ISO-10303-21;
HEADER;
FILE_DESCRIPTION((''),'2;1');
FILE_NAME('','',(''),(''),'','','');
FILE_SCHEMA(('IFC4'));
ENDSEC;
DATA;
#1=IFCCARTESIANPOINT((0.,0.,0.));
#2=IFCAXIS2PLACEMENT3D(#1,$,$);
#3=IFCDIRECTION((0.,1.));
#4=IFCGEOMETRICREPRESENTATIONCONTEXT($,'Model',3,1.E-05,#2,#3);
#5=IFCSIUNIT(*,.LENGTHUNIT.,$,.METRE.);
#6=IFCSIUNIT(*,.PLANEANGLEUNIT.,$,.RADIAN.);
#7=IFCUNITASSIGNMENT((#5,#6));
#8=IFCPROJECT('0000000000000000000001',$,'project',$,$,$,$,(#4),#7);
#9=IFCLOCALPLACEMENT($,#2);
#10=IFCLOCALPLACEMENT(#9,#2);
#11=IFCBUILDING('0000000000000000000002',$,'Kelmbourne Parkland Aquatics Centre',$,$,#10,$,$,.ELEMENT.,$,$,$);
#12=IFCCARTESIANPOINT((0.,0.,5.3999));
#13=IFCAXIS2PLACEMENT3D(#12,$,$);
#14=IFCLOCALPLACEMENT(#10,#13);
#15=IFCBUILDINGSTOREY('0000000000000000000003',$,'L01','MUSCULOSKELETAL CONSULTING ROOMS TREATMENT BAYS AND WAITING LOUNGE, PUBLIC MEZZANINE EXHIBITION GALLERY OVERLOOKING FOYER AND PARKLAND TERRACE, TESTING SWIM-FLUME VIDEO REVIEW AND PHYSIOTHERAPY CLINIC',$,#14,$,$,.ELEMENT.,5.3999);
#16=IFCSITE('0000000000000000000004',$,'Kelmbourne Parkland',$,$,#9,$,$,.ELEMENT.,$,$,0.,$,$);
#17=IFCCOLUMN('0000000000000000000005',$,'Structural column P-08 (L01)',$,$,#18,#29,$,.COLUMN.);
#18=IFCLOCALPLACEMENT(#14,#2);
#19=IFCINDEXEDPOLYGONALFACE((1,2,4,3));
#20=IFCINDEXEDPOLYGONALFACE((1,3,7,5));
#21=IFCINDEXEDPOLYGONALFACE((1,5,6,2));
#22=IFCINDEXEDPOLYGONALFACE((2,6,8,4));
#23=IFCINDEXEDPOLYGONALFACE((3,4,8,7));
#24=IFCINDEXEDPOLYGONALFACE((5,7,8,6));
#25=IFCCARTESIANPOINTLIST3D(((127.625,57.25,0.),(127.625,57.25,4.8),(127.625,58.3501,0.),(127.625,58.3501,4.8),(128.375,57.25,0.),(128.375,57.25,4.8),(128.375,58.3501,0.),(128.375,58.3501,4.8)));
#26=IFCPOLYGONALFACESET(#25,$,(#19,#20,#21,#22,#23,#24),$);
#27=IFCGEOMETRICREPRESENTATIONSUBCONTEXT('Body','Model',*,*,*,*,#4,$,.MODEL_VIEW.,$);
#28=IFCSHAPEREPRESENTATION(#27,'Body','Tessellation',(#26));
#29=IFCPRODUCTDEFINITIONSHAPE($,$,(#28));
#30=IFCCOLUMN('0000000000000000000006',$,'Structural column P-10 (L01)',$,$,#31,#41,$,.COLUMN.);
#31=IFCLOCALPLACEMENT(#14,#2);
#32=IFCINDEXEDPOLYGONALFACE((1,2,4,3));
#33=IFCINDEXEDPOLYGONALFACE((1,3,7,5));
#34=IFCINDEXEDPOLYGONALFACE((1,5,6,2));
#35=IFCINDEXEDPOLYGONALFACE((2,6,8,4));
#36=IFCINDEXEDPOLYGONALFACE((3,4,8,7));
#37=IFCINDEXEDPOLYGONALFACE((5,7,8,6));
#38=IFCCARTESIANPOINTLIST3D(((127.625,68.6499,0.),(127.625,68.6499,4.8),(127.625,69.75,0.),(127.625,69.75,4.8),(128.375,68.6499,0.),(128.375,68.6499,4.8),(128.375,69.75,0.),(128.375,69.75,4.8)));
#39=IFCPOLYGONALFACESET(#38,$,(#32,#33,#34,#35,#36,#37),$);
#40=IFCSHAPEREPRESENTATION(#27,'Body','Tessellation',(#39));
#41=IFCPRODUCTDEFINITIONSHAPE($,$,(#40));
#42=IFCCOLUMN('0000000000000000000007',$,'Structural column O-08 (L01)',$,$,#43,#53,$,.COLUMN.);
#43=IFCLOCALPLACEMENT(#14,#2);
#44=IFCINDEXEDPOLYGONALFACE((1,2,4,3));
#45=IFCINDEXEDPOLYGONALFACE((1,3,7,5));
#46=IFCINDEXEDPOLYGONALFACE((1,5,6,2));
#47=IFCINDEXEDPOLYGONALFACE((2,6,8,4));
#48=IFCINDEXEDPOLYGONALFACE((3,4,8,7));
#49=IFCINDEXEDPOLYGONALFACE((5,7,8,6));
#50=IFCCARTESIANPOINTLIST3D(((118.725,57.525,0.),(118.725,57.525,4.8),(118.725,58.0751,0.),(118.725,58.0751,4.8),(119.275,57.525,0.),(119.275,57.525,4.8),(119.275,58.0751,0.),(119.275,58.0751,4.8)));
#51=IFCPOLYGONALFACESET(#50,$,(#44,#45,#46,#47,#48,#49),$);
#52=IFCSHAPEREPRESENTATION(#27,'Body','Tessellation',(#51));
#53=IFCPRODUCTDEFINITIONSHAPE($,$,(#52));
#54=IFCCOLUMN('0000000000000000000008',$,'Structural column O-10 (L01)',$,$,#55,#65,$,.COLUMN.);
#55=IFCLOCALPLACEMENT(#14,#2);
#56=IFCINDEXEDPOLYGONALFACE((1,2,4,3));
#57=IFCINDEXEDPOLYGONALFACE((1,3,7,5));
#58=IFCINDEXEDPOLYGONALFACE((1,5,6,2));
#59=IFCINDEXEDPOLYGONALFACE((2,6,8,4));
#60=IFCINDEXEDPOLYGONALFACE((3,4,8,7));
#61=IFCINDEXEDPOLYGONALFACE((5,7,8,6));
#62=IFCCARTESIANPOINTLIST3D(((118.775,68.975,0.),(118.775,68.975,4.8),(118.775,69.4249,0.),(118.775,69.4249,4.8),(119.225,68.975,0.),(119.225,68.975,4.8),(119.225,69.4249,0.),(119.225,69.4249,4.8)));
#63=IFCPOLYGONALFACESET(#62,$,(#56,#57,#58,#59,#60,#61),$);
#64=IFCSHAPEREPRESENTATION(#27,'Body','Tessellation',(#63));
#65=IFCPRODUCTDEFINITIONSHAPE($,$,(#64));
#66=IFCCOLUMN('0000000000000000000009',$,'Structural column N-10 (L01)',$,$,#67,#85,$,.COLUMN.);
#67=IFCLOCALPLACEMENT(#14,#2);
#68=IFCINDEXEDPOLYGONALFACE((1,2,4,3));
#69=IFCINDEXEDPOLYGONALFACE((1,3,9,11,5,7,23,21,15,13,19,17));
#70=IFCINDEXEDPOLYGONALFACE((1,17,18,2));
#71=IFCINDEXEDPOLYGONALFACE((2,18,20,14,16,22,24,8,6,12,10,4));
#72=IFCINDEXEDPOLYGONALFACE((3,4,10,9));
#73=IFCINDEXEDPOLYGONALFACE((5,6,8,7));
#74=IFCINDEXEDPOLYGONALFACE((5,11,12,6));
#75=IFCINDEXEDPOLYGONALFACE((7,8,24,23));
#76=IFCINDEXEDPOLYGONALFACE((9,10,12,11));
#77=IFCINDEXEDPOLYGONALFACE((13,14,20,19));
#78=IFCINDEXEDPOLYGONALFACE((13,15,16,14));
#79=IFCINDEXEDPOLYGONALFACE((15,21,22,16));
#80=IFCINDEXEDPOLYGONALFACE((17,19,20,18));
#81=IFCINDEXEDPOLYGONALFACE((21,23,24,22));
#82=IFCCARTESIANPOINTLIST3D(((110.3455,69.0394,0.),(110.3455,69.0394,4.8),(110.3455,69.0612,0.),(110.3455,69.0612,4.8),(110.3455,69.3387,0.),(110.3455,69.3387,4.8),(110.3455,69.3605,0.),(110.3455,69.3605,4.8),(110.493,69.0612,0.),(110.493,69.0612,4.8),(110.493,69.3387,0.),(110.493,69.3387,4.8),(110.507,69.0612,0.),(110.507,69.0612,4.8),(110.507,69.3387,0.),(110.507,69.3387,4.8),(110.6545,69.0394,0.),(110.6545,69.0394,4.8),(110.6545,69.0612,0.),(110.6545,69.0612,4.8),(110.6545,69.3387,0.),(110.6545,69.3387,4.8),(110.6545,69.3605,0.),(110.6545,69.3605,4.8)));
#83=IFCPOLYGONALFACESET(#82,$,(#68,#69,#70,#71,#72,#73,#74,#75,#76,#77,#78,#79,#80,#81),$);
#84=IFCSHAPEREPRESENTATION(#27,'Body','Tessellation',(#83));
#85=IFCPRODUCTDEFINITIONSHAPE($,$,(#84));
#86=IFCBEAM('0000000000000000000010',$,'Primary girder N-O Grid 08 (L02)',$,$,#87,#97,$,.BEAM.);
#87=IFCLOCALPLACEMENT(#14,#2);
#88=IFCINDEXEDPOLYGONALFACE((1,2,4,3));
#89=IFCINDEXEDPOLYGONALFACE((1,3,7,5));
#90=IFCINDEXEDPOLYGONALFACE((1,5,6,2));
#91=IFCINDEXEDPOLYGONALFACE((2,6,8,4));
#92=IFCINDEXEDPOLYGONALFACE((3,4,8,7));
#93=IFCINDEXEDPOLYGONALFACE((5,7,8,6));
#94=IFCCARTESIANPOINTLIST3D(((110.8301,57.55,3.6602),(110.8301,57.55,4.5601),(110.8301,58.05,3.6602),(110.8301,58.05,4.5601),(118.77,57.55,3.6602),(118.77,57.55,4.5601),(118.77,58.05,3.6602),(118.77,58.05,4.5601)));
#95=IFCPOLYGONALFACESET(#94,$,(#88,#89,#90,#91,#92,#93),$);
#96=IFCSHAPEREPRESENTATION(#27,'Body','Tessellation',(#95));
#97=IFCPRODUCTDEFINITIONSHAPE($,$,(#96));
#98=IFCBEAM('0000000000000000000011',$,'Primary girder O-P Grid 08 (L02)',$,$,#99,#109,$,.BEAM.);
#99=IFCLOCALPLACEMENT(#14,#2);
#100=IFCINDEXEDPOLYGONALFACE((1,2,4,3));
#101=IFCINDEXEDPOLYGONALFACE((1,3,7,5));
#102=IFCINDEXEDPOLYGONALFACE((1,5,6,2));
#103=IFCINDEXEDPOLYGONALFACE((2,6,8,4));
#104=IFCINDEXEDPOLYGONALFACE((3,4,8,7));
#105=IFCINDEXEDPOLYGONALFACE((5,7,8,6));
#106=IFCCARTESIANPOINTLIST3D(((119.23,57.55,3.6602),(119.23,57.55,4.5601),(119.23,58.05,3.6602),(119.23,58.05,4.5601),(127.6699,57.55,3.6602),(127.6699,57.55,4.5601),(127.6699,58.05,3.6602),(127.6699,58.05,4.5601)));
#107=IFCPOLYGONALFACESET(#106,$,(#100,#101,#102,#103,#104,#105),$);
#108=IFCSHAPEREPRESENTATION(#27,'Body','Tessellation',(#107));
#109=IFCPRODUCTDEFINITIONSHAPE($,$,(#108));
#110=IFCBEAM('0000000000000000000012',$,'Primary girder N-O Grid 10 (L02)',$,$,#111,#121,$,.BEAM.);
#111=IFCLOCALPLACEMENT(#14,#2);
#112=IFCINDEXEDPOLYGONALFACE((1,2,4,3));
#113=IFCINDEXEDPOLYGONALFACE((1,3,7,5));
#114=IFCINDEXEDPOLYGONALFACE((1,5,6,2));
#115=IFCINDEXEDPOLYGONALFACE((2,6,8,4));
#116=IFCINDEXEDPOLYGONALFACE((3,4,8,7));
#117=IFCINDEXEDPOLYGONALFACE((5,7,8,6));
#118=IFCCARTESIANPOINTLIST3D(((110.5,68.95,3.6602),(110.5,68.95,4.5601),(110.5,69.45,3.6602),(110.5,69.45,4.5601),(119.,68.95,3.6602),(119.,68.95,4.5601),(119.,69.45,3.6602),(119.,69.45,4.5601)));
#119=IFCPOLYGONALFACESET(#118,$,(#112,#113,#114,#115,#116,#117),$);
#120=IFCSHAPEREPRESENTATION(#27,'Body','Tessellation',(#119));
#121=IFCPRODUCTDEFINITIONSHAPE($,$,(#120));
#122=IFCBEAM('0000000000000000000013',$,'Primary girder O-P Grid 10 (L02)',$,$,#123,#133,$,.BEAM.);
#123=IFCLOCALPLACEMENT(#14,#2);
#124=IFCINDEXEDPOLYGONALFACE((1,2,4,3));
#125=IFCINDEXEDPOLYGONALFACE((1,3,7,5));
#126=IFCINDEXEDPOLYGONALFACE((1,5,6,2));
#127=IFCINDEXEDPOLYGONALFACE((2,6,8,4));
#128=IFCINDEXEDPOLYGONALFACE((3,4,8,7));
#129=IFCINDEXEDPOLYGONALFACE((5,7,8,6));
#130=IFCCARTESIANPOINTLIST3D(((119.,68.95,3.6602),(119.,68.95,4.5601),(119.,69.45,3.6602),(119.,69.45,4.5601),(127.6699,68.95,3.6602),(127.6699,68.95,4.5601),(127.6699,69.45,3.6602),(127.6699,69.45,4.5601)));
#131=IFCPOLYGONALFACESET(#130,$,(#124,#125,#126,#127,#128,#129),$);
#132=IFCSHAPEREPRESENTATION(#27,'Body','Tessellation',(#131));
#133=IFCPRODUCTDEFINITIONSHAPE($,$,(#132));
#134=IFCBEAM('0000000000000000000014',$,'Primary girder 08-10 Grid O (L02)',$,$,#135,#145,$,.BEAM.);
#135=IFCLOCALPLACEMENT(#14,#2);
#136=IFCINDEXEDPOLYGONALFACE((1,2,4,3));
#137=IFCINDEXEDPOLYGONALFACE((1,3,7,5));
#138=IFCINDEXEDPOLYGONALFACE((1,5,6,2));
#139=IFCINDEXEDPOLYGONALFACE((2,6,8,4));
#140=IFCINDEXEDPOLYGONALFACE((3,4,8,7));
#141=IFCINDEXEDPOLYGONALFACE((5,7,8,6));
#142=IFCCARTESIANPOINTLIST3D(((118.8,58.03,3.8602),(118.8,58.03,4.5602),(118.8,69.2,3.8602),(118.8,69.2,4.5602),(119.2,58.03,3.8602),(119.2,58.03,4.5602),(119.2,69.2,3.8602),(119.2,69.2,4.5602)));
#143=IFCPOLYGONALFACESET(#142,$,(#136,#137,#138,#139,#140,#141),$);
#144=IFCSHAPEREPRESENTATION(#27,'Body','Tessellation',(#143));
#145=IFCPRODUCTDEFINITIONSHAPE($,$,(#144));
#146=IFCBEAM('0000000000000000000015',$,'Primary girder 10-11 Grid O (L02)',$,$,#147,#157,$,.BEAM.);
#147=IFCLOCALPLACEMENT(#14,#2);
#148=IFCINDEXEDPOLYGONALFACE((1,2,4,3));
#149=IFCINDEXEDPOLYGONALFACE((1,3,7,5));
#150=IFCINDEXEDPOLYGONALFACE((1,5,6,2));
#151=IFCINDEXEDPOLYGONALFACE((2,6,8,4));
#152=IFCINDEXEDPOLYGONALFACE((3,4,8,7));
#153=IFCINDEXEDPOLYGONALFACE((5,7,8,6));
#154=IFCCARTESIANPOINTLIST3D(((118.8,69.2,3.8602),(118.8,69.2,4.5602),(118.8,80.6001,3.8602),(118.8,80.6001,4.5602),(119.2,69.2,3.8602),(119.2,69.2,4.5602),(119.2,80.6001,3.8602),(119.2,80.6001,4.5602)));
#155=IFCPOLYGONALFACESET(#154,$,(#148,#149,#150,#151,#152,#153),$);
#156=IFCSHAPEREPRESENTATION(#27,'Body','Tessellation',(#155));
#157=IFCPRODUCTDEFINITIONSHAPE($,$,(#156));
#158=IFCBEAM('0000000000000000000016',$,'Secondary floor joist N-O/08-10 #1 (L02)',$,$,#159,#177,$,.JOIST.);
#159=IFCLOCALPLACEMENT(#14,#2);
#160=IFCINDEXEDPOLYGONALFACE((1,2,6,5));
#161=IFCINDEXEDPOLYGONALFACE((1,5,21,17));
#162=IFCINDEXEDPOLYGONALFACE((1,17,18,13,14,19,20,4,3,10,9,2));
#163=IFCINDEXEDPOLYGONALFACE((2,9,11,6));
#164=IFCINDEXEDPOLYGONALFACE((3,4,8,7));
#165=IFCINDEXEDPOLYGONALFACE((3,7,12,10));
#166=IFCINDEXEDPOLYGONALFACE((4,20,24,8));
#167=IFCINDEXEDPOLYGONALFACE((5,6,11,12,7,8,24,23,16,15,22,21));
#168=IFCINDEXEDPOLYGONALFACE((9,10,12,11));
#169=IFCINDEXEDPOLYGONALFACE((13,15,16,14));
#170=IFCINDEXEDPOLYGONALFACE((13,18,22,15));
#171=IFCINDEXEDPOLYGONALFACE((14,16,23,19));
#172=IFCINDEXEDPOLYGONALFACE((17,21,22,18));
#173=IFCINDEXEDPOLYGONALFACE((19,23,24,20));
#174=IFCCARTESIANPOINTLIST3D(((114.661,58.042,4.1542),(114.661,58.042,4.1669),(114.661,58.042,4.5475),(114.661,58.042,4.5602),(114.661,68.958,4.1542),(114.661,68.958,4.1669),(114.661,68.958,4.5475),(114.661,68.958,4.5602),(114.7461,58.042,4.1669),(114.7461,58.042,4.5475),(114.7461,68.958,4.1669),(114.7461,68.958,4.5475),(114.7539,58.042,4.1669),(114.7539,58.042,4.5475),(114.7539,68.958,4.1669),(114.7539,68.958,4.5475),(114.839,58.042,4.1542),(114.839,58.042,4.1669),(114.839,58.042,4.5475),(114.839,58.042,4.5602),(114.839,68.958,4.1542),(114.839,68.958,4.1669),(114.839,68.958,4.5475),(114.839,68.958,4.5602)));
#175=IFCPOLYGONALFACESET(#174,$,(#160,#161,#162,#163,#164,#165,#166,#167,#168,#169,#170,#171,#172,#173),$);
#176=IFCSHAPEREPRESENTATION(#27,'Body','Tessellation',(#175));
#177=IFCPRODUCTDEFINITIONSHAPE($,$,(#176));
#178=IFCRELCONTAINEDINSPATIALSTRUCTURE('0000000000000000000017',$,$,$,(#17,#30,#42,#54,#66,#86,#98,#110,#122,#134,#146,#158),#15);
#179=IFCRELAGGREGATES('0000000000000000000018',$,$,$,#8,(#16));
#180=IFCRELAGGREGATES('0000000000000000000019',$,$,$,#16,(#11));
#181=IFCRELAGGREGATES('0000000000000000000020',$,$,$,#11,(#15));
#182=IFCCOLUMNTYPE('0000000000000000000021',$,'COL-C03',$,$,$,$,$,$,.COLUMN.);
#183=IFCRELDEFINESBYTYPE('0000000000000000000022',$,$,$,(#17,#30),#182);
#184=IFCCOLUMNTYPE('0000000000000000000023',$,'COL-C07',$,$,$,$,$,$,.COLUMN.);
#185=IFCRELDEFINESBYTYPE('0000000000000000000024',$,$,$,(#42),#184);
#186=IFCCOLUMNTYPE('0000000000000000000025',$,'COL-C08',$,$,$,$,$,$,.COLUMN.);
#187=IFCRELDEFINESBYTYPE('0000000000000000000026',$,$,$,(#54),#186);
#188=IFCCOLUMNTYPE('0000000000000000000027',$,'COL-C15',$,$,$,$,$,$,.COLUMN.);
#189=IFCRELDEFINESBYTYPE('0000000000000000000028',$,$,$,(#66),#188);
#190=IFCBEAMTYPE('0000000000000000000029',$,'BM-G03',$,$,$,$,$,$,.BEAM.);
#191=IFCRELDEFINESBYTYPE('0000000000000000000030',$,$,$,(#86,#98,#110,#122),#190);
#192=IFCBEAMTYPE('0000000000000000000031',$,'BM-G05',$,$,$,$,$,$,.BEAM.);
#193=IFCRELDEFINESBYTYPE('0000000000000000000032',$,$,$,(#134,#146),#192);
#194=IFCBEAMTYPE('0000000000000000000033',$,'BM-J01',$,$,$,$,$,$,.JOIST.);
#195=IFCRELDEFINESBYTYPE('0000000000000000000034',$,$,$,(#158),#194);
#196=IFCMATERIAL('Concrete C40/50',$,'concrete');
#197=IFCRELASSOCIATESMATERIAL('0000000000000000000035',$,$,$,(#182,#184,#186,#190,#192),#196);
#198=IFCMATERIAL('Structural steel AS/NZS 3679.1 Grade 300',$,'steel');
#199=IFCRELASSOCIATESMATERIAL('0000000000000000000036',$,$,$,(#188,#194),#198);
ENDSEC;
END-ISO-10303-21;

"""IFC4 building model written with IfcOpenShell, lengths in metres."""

from ifc_helpers import new_model, si_unit, direction, frame, origin, origin_2d, place, context, subcontext, project, spatial, rectangle, i_section, extrude, material, material_profile, profile_set, type_object, element, save


model = new_model("IFC4")

# Units and contexts
model_context = context("Model", 3, precision=1e-05, world=origin(), true_north=direction((0.0, 1.0)))
body_context = subcontext(model_context, "Body", "Model", "MODEL_VIEW")
ifc_project = project(units=[si_unit("LENGTHUNIT", "METRE"), si_unit("PLANEANGLEUNIT", "RADIAN")], contexts=[model_context])

# Site, building, storey
site_placement = place(None, origin())
site = spatial("IfcSite", under=ifc_project, at=site_placement, Name="Kelmbourne Parkland", CompositionType="ELEMENT", RefElevation=0.0)
building_placement = place(site_placement, origin())
building = spatial("IfcBuilding", under=site, at=building_placement, Name="Kelmbourne Parkland Aquatics Centre", CompositionType="ELEMENT")
storey_placement = place(building_placement, frame((0.0, 0.0, 5.3999)))
storey = spatial("IfcBuildingStorey", under=building, at=storey_placement, Name="L01", Description="MUSCULOSKELETAL CONSULTING ROOMS TREATMENT BAYS AND WAITING LOUNGE, PUBLIC MEZZANINE EXHIBITION GALLERY OVERLOOKING FOYER AND PARKLAND TERRACE, TESTING SWIM-FLUME VIDEO REVIEW AND PHYSIOTHERAPY CLINIC", CompositionType="ELEMENT", Elevation=5.3999)

# Columns
ifc_material_1 = material(Name="Concrete C40/50", Category="concrete")
ifc_material_profile_1 = material_profile(ifc_material_1, rectangle(XDim=0.75, YDim=1.1001, at=origin_2d()), Name="RC 750x1100")
ifc_profile_set_1 = profile_set([ifc_material_profile_1], Name="Concrete C40/50")
column_type_1 = type_object("IfcColumnType", Name="COL-C03", PredefinedType="COLUMN", material=ifc_profile_set_1)
for number, where, z_axis, x_axis, name in (
    (1, (128.0, 57.8, 0.0), (0.0, 0.0, 1.0), (1.0, 0.0, 0.0), "Structural column P-08 (L01)"),
    (2, (128.0, 69.2, 0.0), (0.0, 0.0, 1.0), (1.0, 0.0, 0.0), "Structural column P-10 (L01)"),
):
    element("IfcColumn", number, at=place(storey_placement, frame(where, z_axis=z_axis, x_axis=x_axis)), inside=storey, type_object=column_type_1, Name=name, PredefinedType="COLUMN", context=body_context, shape_type="SweptSolid", body=[
        extrude(rectangle(XDim=0.75, YDim=1.1001, at=origin_2d()), origin(), (0.0, 0.0, 1.0), 4.8),
    ])
ifc_material_profile_2 = material_profile(ifc_material_1, rectangle(XDim=0.55, YDim=0.55, at=origin_2d()), Name="RC 550x550")
ifc_profile_set_2 = profile_set([ifc_material_profile_2], Name="Concrete C40/50")
column_type_2 = type_object("IfcColumnType", Name="COL-C07", PredefinedType="COLUMN", material=ifc_profile_set_2)
column_1_placement = place(storey_placement, frame((119.0, 57.8, 0.0), z_axis=(0.0, 0.0, 1.0), x_axis=(1.0, 0.0, 0.0)))
element("IfcColumn", 3, at=column_1_placement, inside=storey, type_object=column_type_2, Name="Structural column O-08 (L01)", PredefinedType="COLUMN", context=body_context, shape_type="SweptSolid", body=[
    extrude(rectangle(XDim=0.55, YDim=0.55, at=origin_2d()), origin(), (0.0, 0.0, 1.0), 4.8),
])
ifc_material_profile_3 = material_profile(ifc_material_1, rectangle(XDim=0.45, YDim=0.45, at=origin_2d()), Name="RC 450x450")
ifc_profile_set_3 = profile_set([ifc_material_profile_3], Name="Concrete C40/50")
column_type_3 = type_object("IfcColumnType", Name="COL-C08", PredefinedType="COLUMN", material=ifc_profile_set_3)
column_2_placement = place(storey_placement, frame((119.0, 69.2, 0.0), z_axis=(0.0, 0.0, 1.0), x_axis=(1.0, 0.0, 0.0)))
element("IfcColumn", 4, at=column_2_placement, inside=storey, type_object=column_type_3, Name="Structural column O-10 (L01)", PredefinedType="COLUMN", context=body_context, shape_type="SweptSolid", body=[
    extrude(rectangle(XDim=0.45, YDim=0.45, at=origin_2d()), origin(), (0.0, 0.0, 1.0), 4.8),
])
ifc_material_2 = material(Name="Structural steel AS/NZS 3679.1 Grade 300", Category="steel")
ifc_material_profile_4 = material_profile(ifc_material_2, i_section(OverallWidth=0.3091, OverallDepth=0.321, WebThickness=0.0139, FlangeThickness=0.0217, at=origin_2d()), Name="310UC137")
ifc_profile_set_4 = profile_set([ifc_material_profile_4], Name="Structural steel AS/NZS 3679.1 Grade 300")
column_type_4 = type_object("IfcColumnType", Name="COL-C15", PredefinedType="COLUMN", material=ifc_profile_set_4)
column_3_placement = place(storey_placement, frame((110.5, 69.2, 0.0), z_axis=(0.0, 0.0, 1.0), x_axis=(1.0, 0.0, 0.0)))
element("IfcColumn", 5, at=column_3_placement, inside=storey, type_object=column_type_4, Name="Structural column N-10 (L01)", PredefinedType="COLUMN", context=body_context, shape_type="SweptSolid", body=[
    extrude(i_section(OverallWidth=0.3091, OverallDepth=0.321, WebThickness=0.0139, FlangeThickness=0.0217, at=origin_2d()), origin(), (0.0, 0.0, 1.0), 4.8),
])

# Beams
ifc_material_profile_5 = material_profile(ifc_material_1, rectangle(XDim=0.5, YDim=0.8999, at=origin_2d()), Name="RC 500x900")
ifc_profile_set_5 = profile_set([ifc_material_profile_5], Name="Concrete C40/50")
beam_type_1 = type_object("IfcBeamType", Name="BM-G03", PredefinedType="BEAM", material=ifc_profile_set_5)
beam_1_placement = place(storey_placement, frame((110.8301, 57.8, 4.1101), z_axis=(1.0, 0.0, 0.0), x_axis=(0.0, 1.0, 0.0)))
element("IfcBeam", 6, at=beam_1_placement, inside=storey, type_object=beam_type_1, Name="Primary girder N-O Grid 08 (L02)", PredefinedType="BEAM", context=body_context, shape_type="SweptSolid", body=[
    extrude(rectangle(XDim=0.5, YDim=0.8999, at=origin_2d()), origin(), (0.0, 0.0, 1.0), 7.9399),
])
beam_2_placement = place(storey_placement, frame((119.23, 57.8, 4.1101), z_axis=(1.0, 0.0, 0.0), x_axis=(0.0, 1.0, 0.0)))
element("IfcBeam", 7, at=beam_2_placement, inside=storey, type_object=beam_type_1, Name="Primary girder O-P Grid 08 (L02)", PredefinedType="BEAM", context=body_context, shape_type="SweptSolid", body=[
    extrude(rectangle(XDim=0.5, YDim=0.8999, at=origin_2d()), origin(), (0.0, 0.0, 1.0), 8.4399),
])
beam_3_placement = place(storey_placement, frame((110.5, 69.2, 4.1101), z_axis=(1.0, 0.0, 0.0), x_axis=(0.0, 1.0, 0.0)))
element("IfcBeam", 8, at=beam_3_placement, inside=storey, type_object=beam_type_1, Name="Primary girder N-O Grid 10 (L02)", PredefinedType="BEAM", context=body_context, shape_type="SweptSolid", body=[
    extrude(rectangle(XDim=0.5, YDim=0.8999, at=origin_2d()), origin(), (0.0, 0.0, 1.0), 8.5),
])
beam_4_placement = place(storey_placement, frame((119.0, 69.2, 4.1101), z_axis=(1.0, 0.0, 0.0), x_axis=(0.0, 1.0, 0.0)))
element("IfcBeam", 9, at=beam_4_placement, inside=storey, type_object=beam_type_1, Name="Primary girder O-P Grid 10 (L02)", PredefinedType="BEAM", context=body_context, shape_type="SweptSolid", body=[
    extrude(rectangle(XDim=0.5, YDim=0.8999, at=origin_2d()), origin(), (0.0, 0.0, 1.0), 8.6699),
])
ifc_material_profile_6 = material_profile(ifc_material_1, rectangle(XDim=0.3999, YDim=0.7, at=origin_2d()), Name="RC 400x700")
ifc_profile_set_6 = profile_set([ifc_material_profile_6], Name="Concrete C40/50")
beam_type_2 = type_object("IfcBeamType", Name="BM-G05", PredefinedType="BEAM", material=ifc_profile_set_6)
beam_5_placement = place(storey_placement, frame((119.0, 58.03, 4.2102), z_axis=(0.0, 1.0, 0.0), x_axis=(-1.0, 0.0, 0.0)))
element("IfcBeam", 10, at=beam_5_placement, inside=storey, type_object=beam_type_2, Name="Primary girder 08-10 Grid O (L02)", PredefinedType="BEAM", context=body_context, shape_type="SweptSolid", body=[
    extrude(rectangle(XDim=0.3999, YDim=0.7, at=origin_2d()), origin(), (0.0, 0.0, 1.0), 11.1699),
])
beam_6_placement = place(storey_placement, frame((119.0, 69.2, 4.2102), z_axis=(0.0, 1.0, 0.0), x_axis=(-1.0, 0.0, 0.0)))
element("IfcBeam", 11, at=beam_6_placement, inside=storey, type_object=beam_type_2, Name="Primary girder 10-11 Grid O (L02)", PredefinedType="BEAM", context=body_context, shape_type="SweptSolid", body=[
    extrude(rectangle(XDim=0.3999, YDim=0.7, at=origin_2d()), origin(), (0.0, 0.0, 1.0), 11.4001),
])
ifc_material_profile_7 = material_profile(ifc_material_2, i_section(OverallWidth=0.178, OverallDepth=0.406, WebThickness=0.0078, FlangeThickness=0.0127, at=origin_2d()), Name="410UB59.7")
ifc_profile_set_7 = profile_set([ifc_material_profile_7], Name="Structural steel AS/NZS 3679.1 Grade 300")
beam_type_3 = type_object("IfcBeamType", Name="BM-J01", PredefinedType="JOIST", material=ifc_profile_set_7)
for number, where, z_axis, x_axis, name in (
    (12, (114.75, 58.042, 4.3572), (0.0, 1.0, 0.0), (-1.0, 0.0, 0.0), "Secondary floor joist N-O/08-10 #1 (L02)"),
):
    element("IfcBeam", number, at=place(storey_placement, frame(where, z_axis=z_axis, x_axis=x_axis)), inside=storey, type_object=beam_type_3, Name=name, PredefinedType="JOIST", context=body_context, shape_type="SweptSolid", body=[
        extrude(i_section(OverallWidth=0.178, OverallDepth=0.406, WebThickness=0.0078, FlangeThickness=0.0127, at=origin_2d()), origin(), (0.0, 0.0, 1.0), 10.916),
    ])

save(model, "model.ifc")
